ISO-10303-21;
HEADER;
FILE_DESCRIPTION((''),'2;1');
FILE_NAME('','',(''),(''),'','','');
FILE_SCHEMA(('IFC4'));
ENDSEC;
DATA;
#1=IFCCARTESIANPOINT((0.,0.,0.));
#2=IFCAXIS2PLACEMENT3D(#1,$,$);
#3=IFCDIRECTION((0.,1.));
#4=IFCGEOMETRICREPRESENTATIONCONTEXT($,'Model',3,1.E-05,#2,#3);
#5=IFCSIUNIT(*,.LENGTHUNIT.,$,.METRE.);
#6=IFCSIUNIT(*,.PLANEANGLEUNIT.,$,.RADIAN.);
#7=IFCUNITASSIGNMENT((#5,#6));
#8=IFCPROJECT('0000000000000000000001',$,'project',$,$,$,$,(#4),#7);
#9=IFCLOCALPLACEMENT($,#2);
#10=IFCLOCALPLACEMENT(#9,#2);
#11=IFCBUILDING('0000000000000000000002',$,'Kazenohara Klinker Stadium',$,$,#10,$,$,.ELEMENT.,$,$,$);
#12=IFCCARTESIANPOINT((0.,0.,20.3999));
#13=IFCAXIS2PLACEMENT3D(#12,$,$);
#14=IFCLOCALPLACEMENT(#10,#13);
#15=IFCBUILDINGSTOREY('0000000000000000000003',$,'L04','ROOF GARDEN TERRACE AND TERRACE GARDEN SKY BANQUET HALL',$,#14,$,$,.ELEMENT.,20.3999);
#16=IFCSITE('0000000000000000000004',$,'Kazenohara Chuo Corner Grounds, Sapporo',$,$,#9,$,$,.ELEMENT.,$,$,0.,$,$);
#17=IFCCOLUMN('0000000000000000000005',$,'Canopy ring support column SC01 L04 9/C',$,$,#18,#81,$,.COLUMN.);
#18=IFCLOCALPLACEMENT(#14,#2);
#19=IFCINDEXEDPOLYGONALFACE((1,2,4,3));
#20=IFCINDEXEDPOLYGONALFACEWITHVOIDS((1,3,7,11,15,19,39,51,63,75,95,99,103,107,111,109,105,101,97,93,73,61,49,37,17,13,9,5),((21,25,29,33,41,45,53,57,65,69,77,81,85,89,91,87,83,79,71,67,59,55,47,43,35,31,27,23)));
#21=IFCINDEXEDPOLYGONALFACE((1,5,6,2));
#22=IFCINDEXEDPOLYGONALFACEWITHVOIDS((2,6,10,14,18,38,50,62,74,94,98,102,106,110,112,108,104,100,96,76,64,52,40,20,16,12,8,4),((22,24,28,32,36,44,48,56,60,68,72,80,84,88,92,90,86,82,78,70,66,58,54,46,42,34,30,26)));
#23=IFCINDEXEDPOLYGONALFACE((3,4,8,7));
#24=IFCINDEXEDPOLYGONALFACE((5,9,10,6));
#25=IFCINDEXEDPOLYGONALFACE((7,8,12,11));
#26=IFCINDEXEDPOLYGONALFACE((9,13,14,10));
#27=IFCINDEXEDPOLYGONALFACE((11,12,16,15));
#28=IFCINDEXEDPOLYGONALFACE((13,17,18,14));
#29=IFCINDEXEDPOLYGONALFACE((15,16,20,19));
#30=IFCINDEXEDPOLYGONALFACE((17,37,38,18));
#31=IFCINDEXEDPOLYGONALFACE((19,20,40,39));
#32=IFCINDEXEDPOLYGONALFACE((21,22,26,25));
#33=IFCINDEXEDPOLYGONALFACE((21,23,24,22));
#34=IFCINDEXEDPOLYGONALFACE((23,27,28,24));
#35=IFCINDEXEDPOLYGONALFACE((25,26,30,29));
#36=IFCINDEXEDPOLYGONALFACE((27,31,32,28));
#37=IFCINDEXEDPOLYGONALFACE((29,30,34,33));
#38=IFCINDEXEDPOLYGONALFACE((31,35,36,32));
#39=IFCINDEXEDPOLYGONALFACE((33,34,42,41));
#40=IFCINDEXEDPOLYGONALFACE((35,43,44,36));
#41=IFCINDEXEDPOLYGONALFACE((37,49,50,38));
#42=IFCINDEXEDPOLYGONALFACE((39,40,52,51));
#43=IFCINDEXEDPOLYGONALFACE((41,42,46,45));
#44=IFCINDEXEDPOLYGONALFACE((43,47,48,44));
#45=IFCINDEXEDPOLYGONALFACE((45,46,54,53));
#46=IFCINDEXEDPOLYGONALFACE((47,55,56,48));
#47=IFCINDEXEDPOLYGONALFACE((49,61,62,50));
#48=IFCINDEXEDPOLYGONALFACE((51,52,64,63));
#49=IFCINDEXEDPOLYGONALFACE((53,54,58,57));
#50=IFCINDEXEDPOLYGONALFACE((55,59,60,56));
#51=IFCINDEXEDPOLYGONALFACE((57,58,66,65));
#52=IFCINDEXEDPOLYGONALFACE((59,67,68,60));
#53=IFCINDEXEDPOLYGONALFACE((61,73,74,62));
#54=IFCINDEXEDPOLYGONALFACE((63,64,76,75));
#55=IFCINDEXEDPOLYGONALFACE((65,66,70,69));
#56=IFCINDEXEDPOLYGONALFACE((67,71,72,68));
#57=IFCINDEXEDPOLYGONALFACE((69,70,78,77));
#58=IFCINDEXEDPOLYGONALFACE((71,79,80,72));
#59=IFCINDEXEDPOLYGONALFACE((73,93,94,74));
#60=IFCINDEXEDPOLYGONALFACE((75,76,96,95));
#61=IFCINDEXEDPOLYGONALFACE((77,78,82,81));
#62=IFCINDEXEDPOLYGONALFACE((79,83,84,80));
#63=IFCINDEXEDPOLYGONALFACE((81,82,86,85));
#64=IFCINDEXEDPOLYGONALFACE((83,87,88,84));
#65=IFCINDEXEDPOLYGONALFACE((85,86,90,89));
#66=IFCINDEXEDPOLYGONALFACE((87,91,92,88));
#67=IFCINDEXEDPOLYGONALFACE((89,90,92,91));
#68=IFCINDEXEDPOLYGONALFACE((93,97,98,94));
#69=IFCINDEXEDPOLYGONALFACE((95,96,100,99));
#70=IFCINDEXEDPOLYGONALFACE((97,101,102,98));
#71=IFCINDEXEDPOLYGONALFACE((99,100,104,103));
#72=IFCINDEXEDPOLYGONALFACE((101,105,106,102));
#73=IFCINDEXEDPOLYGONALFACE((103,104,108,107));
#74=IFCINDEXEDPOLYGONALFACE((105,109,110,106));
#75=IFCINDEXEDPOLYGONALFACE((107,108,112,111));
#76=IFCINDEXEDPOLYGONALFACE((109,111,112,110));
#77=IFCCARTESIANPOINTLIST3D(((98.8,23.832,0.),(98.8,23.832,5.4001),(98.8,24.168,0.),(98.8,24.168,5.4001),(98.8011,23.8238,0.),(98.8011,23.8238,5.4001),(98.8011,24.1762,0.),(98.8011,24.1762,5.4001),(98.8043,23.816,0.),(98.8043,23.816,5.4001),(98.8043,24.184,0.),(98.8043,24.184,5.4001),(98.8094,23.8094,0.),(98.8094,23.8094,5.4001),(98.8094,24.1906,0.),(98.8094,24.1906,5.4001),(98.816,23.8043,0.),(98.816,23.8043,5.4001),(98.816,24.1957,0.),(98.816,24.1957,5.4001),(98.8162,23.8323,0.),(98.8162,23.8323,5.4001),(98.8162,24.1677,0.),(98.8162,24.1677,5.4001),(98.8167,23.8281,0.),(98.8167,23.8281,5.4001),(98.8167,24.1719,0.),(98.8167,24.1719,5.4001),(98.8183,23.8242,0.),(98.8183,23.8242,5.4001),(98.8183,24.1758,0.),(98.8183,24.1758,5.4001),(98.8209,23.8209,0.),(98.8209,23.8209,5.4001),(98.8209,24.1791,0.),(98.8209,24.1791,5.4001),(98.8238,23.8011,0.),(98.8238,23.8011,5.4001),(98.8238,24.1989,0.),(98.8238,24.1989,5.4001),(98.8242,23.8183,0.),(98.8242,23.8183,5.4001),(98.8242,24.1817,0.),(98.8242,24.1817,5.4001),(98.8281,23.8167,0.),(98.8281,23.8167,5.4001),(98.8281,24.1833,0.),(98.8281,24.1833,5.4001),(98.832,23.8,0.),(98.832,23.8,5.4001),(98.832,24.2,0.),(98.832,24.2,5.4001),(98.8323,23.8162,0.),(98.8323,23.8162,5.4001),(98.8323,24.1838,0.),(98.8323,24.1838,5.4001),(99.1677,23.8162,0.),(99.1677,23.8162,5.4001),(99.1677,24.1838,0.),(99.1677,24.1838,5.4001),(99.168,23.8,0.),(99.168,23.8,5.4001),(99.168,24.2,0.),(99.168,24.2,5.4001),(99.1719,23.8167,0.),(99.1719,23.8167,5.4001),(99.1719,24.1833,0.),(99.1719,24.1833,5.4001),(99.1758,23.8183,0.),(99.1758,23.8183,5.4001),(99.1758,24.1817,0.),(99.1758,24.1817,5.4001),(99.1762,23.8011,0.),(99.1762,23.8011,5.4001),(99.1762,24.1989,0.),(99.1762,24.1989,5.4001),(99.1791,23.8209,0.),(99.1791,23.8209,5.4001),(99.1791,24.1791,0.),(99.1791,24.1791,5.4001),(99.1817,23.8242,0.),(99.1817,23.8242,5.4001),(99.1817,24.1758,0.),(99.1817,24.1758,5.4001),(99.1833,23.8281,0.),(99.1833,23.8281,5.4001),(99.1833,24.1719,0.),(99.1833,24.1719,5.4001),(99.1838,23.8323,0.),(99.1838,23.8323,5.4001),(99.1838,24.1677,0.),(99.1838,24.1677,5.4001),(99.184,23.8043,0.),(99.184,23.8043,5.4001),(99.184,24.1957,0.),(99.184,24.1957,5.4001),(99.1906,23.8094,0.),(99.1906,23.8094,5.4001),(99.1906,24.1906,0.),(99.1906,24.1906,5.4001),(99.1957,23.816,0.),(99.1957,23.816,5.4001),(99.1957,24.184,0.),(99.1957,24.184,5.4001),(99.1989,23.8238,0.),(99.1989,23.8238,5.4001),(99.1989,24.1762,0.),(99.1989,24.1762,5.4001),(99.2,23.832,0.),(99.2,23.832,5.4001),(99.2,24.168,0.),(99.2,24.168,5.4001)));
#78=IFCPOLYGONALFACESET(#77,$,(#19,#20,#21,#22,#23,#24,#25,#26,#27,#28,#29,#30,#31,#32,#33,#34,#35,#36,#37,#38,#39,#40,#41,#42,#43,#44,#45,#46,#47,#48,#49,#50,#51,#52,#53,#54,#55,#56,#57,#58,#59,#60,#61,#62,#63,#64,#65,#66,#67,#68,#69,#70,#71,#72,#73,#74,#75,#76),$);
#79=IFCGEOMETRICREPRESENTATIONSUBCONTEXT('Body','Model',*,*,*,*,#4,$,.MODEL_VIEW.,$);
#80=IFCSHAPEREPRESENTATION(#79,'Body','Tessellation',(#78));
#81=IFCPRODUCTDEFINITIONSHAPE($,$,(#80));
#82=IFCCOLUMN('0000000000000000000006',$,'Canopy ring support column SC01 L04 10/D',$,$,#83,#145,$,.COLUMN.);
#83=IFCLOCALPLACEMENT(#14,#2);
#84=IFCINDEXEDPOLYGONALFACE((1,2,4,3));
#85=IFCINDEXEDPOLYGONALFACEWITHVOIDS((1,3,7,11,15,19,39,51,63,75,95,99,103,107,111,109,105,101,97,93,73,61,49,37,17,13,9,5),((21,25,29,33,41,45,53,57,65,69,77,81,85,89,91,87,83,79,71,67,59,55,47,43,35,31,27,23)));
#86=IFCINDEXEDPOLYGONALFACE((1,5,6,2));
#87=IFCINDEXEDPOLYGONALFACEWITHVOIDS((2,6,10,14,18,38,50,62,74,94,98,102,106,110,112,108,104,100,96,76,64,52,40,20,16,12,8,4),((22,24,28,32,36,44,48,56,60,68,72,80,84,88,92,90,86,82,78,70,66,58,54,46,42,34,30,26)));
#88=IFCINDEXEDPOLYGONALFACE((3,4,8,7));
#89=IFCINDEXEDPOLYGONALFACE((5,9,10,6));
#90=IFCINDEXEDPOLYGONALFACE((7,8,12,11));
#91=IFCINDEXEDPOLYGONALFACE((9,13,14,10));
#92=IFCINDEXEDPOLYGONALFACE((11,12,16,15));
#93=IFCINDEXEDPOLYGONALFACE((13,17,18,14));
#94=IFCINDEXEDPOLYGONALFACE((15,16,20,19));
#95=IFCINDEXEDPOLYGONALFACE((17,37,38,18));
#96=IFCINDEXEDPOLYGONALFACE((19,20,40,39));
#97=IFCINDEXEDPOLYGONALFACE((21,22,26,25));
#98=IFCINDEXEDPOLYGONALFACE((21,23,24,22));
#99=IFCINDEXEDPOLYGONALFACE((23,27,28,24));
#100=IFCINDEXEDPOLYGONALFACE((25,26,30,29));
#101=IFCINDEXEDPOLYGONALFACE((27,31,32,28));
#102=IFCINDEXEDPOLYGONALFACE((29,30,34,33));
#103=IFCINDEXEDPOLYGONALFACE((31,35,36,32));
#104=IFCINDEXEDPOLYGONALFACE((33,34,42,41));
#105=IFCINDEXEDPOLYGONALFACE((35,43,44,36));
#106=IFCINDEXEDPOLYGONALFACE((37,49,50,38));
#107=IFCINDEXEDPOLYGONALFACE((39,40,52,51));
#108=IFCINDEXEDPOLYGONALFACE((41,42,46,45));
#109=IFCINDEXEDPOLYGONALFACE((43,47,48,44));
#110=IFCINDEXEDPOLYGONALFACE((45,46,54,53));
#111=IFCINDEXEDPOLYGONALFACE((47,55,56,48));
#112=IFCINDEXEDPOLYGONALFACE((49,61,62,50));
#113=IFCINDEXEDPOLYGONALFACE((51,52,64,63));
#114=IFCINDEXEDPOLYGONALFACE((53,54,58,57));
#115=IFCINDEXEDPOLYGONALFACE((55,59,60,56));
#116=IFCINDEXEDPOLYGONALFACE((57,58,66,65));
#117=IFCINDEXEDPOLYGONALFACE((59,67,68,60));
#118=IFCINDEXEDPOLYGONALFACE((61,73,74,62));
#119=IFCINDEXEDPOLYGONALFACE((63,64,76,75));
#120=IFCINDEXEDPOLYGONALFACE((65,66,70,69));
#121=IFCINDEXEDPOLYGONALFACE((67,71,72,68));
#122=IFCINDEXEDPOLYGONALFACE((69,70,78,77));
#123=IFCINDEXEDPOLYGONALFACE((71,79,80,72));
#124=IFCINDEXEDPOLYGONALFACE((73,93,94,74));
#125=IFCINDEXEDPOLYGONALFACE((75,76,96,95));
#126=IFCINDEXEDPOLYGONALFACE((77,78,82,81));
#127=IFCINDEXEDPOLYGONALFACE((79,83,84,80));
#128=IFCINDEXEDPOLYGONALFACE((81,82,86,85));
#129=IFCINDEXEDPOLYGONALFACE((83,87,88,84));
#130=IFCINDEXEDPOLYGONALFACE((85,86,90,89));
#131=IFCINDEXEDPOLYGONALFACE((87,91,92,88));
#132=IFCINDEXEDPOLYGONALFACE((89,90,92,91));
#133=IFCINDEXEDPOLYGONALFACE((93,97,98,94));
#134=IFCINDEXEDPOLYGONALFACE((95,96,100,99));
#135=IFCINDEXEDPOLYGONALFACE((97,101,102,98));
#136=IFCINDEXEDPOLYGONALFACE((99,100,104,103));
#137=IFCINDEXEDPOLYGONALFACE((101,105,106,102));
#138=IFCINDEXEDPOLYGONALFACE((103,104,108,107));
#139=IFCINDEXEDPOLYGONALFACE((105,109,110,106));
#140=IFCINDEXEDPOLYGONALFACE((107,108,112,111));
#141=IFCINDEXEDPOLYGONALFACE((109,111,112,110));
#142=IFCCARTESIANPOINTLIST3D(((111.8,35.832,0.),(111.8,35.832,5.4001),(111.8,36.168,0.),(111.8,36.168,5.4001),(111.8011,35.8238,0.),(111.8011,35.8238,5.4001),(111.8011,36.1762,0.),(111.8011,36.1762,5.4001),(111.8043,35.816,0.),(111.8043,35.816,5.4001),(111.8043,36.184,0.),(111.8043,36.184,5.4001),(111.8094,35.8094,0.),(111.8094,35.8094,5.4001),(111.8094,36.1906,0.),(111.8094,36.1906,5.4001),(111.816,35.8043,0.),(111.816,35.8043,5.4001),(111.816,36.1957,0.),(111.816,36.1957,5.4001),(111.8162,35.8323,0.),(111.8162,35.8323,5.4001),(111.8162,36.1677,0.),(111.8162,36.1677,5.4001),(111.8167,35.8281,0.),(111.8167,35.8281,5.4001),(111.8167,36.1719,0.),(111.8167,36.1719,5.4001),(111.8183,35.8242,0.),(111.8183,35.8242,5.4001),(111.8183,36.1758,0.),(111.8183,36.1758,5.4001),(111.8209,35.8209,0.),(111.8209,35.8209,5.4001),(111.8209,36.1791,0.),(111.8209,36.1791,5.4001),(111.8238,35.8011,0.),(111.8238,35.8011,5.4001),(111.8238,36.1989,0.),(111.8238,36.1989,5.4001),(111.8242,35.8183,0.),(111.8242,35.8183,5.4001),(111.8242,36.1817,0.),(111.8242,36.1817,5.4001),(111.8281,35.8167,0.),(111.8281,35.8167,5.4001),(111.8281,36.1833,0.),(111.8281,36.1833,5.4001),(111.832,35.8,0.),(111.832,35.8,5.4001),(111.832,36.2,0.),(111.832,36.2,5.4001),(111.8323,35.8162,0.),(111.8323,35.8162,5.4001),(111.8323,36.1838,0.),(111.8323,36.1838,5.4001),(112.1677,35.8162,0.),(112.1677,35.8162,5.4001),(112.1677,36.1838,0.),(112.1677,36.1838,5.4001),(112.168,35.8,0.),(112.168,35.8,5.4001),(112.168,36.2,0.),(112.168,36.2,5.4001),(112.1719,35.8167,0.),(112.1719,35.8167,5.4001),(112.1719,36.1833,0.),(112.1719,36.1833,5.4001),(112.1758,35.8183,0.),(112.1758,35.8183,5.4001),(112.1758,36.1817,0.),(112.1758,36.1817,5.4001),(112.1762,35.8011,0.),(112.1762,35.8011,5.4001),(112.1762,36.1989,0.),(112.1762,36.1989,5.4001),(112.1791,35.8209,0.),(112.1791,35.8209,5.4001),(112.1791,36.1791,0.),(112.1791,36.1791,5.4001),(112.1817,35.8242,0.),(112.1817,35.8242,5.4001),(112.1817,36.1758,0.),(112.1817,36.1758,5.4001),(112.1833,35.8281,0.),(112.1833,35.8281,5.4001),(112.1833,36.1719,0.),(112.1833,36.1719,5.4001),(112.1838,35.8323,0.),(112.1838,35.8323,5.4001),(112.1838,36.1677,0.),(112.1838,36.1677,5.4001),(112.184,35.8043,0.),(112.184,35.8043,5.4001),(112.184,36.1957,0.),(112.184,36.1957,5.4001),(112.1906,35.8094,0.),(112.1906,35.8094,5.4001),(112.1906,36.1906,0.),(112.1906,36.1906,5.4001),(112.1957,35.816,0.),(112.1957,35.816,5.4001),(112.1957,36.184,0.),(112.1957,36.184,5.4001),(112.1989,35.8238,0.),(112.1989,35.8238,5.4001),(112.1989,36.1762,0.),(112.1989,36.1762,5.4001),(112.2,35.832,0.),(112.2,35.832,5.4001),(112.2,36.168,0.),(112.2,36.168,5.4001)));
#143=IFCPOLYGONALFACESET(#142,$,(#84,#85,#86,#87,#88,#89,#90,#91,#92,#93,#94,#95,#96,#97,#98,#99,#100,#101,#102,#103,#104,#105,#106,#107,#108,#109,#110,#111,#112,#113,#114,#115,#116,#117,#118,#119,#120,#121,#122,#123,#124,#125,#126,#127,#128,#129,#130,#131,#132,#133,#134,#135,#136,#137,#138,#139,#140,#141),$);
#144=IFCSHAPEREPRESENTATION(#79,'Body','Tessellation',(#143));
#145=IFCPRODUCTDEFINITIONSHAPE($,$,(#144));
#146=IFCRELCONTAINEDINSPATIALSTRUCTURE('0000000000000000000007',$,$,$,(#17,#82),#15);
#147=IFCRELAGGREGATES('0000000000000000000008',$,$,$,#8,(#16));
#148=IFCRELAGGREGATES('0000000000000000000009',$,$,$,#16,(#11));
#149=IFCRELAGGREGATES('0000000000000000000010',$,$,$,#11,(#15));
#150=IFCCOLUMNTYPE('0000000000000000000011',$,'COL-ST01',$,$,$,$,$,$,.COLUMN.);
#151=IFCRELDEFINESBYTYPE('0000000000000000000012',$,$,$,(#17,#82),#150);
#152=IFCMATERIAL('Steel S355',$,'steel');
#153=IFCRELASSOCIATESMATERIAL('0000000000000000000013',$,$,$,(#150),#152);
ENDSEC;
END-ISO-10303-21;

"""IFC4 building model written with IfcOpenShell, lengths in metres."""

from ifc_helpers import new_model, si_unit, direction, frame, origin, origin_2d, place, context, subcontext, project, spatial, hollow_rectangle, extrude, material, material_profile, profile_set, type_object, element, save


model = new_model("IFC4")

# Units and contexts
model_context = context("Model", 3, precision=1e-05, world=origin(), true_north=direction((0.0, 1.0)))
body_context = subcontext(model_context, "Body", "Model", "MODEL_VIEW")
ifc_project = project(units=[si_unit("LENGTHUNIT", "METRE"), si_unit("PLANEANGLEUNIT", "RADIAN")], contexts=[model_context])

# Site, building, storey
site_placement = place(None, origin())
site = spatial("IfcSite", under=ifc_project, at=site_placement, Name="Kazenohara Chuo Corner Grounds, Sapporo", CompositionType="ELEMENT", RefElevation=0.0)
building_placement = place(site_placement, origin())
building = spatial("IfcBuilding", under=site, at=building_placement, Name="Kazenohara Klinker Stadium", CompositionType="ELEMENT")
storey_placement = place(building_placement, frame((0.0, 0.0, 20.3999)))
storey = spatial("IfcBuildingStorey", under=building, at=storey_placement, Name="L04", Description="ROOF GARDEN TERRACE AND TERRACE GARDEN SKY BANQUET HALL", CompositionType="ELEMENT", Elevation=20.3999)

# Columns
ifc_material_1 = material(Name="Steel S355", Category="steel")
ifc_material_profile_1 = material_profile(ifc_material_1, hollow_rectangle(XDim=0.3999, YDim=0.3999, WallThickness=0.0161, InnerFilletRadius=0.0161, OuterFilletRadius=0.032, at=origin_2d()), Name="SHS-400x400x16")
ifc_profile_set_1 = profile_set([ifc_material_profile_1], Name="Steel S355")
column_type_1 = type_object("IfcColumnType", Name="COL-ST01", PredefinedType="COLUMN", material=ifc_profile_set_1)
for number, where, z_axis, x_axis, name in (
    (1, (99.0, 24.0, 0.0), (0.0, 0.0, 1.0), (1.0, 0.0, 0.0), "Canopy ring support column SC01 L04 9/C"),
    (2, (112.0, 36.0, 0.0), (0.0, 0.0, 1.0), (1.0, 0.0, 0.0), "Canopy ring support column SC01 L04 10/D"),
):
    element("IfcColumn", number, at=place(storey_placement, frame(where, z_axis=z_axis, x_axis=x_axis)), inside=storey, type_object=column_type_1, Name=name, PredefinedType="COLUMN", context=body_context, shape_type="SweptSolid", body=[
        extrude(hollow_rectangle(XDim=0.3999, YDim=0.3999, WallThickness=0.0161, InnerFilletRadius=0.0161, OuterFilletRadius=0.032, at=origin_2d()), origin(), (0.0, 0.0, 1.0), 5.4001),
    ])

save(model, "model.ifc")
